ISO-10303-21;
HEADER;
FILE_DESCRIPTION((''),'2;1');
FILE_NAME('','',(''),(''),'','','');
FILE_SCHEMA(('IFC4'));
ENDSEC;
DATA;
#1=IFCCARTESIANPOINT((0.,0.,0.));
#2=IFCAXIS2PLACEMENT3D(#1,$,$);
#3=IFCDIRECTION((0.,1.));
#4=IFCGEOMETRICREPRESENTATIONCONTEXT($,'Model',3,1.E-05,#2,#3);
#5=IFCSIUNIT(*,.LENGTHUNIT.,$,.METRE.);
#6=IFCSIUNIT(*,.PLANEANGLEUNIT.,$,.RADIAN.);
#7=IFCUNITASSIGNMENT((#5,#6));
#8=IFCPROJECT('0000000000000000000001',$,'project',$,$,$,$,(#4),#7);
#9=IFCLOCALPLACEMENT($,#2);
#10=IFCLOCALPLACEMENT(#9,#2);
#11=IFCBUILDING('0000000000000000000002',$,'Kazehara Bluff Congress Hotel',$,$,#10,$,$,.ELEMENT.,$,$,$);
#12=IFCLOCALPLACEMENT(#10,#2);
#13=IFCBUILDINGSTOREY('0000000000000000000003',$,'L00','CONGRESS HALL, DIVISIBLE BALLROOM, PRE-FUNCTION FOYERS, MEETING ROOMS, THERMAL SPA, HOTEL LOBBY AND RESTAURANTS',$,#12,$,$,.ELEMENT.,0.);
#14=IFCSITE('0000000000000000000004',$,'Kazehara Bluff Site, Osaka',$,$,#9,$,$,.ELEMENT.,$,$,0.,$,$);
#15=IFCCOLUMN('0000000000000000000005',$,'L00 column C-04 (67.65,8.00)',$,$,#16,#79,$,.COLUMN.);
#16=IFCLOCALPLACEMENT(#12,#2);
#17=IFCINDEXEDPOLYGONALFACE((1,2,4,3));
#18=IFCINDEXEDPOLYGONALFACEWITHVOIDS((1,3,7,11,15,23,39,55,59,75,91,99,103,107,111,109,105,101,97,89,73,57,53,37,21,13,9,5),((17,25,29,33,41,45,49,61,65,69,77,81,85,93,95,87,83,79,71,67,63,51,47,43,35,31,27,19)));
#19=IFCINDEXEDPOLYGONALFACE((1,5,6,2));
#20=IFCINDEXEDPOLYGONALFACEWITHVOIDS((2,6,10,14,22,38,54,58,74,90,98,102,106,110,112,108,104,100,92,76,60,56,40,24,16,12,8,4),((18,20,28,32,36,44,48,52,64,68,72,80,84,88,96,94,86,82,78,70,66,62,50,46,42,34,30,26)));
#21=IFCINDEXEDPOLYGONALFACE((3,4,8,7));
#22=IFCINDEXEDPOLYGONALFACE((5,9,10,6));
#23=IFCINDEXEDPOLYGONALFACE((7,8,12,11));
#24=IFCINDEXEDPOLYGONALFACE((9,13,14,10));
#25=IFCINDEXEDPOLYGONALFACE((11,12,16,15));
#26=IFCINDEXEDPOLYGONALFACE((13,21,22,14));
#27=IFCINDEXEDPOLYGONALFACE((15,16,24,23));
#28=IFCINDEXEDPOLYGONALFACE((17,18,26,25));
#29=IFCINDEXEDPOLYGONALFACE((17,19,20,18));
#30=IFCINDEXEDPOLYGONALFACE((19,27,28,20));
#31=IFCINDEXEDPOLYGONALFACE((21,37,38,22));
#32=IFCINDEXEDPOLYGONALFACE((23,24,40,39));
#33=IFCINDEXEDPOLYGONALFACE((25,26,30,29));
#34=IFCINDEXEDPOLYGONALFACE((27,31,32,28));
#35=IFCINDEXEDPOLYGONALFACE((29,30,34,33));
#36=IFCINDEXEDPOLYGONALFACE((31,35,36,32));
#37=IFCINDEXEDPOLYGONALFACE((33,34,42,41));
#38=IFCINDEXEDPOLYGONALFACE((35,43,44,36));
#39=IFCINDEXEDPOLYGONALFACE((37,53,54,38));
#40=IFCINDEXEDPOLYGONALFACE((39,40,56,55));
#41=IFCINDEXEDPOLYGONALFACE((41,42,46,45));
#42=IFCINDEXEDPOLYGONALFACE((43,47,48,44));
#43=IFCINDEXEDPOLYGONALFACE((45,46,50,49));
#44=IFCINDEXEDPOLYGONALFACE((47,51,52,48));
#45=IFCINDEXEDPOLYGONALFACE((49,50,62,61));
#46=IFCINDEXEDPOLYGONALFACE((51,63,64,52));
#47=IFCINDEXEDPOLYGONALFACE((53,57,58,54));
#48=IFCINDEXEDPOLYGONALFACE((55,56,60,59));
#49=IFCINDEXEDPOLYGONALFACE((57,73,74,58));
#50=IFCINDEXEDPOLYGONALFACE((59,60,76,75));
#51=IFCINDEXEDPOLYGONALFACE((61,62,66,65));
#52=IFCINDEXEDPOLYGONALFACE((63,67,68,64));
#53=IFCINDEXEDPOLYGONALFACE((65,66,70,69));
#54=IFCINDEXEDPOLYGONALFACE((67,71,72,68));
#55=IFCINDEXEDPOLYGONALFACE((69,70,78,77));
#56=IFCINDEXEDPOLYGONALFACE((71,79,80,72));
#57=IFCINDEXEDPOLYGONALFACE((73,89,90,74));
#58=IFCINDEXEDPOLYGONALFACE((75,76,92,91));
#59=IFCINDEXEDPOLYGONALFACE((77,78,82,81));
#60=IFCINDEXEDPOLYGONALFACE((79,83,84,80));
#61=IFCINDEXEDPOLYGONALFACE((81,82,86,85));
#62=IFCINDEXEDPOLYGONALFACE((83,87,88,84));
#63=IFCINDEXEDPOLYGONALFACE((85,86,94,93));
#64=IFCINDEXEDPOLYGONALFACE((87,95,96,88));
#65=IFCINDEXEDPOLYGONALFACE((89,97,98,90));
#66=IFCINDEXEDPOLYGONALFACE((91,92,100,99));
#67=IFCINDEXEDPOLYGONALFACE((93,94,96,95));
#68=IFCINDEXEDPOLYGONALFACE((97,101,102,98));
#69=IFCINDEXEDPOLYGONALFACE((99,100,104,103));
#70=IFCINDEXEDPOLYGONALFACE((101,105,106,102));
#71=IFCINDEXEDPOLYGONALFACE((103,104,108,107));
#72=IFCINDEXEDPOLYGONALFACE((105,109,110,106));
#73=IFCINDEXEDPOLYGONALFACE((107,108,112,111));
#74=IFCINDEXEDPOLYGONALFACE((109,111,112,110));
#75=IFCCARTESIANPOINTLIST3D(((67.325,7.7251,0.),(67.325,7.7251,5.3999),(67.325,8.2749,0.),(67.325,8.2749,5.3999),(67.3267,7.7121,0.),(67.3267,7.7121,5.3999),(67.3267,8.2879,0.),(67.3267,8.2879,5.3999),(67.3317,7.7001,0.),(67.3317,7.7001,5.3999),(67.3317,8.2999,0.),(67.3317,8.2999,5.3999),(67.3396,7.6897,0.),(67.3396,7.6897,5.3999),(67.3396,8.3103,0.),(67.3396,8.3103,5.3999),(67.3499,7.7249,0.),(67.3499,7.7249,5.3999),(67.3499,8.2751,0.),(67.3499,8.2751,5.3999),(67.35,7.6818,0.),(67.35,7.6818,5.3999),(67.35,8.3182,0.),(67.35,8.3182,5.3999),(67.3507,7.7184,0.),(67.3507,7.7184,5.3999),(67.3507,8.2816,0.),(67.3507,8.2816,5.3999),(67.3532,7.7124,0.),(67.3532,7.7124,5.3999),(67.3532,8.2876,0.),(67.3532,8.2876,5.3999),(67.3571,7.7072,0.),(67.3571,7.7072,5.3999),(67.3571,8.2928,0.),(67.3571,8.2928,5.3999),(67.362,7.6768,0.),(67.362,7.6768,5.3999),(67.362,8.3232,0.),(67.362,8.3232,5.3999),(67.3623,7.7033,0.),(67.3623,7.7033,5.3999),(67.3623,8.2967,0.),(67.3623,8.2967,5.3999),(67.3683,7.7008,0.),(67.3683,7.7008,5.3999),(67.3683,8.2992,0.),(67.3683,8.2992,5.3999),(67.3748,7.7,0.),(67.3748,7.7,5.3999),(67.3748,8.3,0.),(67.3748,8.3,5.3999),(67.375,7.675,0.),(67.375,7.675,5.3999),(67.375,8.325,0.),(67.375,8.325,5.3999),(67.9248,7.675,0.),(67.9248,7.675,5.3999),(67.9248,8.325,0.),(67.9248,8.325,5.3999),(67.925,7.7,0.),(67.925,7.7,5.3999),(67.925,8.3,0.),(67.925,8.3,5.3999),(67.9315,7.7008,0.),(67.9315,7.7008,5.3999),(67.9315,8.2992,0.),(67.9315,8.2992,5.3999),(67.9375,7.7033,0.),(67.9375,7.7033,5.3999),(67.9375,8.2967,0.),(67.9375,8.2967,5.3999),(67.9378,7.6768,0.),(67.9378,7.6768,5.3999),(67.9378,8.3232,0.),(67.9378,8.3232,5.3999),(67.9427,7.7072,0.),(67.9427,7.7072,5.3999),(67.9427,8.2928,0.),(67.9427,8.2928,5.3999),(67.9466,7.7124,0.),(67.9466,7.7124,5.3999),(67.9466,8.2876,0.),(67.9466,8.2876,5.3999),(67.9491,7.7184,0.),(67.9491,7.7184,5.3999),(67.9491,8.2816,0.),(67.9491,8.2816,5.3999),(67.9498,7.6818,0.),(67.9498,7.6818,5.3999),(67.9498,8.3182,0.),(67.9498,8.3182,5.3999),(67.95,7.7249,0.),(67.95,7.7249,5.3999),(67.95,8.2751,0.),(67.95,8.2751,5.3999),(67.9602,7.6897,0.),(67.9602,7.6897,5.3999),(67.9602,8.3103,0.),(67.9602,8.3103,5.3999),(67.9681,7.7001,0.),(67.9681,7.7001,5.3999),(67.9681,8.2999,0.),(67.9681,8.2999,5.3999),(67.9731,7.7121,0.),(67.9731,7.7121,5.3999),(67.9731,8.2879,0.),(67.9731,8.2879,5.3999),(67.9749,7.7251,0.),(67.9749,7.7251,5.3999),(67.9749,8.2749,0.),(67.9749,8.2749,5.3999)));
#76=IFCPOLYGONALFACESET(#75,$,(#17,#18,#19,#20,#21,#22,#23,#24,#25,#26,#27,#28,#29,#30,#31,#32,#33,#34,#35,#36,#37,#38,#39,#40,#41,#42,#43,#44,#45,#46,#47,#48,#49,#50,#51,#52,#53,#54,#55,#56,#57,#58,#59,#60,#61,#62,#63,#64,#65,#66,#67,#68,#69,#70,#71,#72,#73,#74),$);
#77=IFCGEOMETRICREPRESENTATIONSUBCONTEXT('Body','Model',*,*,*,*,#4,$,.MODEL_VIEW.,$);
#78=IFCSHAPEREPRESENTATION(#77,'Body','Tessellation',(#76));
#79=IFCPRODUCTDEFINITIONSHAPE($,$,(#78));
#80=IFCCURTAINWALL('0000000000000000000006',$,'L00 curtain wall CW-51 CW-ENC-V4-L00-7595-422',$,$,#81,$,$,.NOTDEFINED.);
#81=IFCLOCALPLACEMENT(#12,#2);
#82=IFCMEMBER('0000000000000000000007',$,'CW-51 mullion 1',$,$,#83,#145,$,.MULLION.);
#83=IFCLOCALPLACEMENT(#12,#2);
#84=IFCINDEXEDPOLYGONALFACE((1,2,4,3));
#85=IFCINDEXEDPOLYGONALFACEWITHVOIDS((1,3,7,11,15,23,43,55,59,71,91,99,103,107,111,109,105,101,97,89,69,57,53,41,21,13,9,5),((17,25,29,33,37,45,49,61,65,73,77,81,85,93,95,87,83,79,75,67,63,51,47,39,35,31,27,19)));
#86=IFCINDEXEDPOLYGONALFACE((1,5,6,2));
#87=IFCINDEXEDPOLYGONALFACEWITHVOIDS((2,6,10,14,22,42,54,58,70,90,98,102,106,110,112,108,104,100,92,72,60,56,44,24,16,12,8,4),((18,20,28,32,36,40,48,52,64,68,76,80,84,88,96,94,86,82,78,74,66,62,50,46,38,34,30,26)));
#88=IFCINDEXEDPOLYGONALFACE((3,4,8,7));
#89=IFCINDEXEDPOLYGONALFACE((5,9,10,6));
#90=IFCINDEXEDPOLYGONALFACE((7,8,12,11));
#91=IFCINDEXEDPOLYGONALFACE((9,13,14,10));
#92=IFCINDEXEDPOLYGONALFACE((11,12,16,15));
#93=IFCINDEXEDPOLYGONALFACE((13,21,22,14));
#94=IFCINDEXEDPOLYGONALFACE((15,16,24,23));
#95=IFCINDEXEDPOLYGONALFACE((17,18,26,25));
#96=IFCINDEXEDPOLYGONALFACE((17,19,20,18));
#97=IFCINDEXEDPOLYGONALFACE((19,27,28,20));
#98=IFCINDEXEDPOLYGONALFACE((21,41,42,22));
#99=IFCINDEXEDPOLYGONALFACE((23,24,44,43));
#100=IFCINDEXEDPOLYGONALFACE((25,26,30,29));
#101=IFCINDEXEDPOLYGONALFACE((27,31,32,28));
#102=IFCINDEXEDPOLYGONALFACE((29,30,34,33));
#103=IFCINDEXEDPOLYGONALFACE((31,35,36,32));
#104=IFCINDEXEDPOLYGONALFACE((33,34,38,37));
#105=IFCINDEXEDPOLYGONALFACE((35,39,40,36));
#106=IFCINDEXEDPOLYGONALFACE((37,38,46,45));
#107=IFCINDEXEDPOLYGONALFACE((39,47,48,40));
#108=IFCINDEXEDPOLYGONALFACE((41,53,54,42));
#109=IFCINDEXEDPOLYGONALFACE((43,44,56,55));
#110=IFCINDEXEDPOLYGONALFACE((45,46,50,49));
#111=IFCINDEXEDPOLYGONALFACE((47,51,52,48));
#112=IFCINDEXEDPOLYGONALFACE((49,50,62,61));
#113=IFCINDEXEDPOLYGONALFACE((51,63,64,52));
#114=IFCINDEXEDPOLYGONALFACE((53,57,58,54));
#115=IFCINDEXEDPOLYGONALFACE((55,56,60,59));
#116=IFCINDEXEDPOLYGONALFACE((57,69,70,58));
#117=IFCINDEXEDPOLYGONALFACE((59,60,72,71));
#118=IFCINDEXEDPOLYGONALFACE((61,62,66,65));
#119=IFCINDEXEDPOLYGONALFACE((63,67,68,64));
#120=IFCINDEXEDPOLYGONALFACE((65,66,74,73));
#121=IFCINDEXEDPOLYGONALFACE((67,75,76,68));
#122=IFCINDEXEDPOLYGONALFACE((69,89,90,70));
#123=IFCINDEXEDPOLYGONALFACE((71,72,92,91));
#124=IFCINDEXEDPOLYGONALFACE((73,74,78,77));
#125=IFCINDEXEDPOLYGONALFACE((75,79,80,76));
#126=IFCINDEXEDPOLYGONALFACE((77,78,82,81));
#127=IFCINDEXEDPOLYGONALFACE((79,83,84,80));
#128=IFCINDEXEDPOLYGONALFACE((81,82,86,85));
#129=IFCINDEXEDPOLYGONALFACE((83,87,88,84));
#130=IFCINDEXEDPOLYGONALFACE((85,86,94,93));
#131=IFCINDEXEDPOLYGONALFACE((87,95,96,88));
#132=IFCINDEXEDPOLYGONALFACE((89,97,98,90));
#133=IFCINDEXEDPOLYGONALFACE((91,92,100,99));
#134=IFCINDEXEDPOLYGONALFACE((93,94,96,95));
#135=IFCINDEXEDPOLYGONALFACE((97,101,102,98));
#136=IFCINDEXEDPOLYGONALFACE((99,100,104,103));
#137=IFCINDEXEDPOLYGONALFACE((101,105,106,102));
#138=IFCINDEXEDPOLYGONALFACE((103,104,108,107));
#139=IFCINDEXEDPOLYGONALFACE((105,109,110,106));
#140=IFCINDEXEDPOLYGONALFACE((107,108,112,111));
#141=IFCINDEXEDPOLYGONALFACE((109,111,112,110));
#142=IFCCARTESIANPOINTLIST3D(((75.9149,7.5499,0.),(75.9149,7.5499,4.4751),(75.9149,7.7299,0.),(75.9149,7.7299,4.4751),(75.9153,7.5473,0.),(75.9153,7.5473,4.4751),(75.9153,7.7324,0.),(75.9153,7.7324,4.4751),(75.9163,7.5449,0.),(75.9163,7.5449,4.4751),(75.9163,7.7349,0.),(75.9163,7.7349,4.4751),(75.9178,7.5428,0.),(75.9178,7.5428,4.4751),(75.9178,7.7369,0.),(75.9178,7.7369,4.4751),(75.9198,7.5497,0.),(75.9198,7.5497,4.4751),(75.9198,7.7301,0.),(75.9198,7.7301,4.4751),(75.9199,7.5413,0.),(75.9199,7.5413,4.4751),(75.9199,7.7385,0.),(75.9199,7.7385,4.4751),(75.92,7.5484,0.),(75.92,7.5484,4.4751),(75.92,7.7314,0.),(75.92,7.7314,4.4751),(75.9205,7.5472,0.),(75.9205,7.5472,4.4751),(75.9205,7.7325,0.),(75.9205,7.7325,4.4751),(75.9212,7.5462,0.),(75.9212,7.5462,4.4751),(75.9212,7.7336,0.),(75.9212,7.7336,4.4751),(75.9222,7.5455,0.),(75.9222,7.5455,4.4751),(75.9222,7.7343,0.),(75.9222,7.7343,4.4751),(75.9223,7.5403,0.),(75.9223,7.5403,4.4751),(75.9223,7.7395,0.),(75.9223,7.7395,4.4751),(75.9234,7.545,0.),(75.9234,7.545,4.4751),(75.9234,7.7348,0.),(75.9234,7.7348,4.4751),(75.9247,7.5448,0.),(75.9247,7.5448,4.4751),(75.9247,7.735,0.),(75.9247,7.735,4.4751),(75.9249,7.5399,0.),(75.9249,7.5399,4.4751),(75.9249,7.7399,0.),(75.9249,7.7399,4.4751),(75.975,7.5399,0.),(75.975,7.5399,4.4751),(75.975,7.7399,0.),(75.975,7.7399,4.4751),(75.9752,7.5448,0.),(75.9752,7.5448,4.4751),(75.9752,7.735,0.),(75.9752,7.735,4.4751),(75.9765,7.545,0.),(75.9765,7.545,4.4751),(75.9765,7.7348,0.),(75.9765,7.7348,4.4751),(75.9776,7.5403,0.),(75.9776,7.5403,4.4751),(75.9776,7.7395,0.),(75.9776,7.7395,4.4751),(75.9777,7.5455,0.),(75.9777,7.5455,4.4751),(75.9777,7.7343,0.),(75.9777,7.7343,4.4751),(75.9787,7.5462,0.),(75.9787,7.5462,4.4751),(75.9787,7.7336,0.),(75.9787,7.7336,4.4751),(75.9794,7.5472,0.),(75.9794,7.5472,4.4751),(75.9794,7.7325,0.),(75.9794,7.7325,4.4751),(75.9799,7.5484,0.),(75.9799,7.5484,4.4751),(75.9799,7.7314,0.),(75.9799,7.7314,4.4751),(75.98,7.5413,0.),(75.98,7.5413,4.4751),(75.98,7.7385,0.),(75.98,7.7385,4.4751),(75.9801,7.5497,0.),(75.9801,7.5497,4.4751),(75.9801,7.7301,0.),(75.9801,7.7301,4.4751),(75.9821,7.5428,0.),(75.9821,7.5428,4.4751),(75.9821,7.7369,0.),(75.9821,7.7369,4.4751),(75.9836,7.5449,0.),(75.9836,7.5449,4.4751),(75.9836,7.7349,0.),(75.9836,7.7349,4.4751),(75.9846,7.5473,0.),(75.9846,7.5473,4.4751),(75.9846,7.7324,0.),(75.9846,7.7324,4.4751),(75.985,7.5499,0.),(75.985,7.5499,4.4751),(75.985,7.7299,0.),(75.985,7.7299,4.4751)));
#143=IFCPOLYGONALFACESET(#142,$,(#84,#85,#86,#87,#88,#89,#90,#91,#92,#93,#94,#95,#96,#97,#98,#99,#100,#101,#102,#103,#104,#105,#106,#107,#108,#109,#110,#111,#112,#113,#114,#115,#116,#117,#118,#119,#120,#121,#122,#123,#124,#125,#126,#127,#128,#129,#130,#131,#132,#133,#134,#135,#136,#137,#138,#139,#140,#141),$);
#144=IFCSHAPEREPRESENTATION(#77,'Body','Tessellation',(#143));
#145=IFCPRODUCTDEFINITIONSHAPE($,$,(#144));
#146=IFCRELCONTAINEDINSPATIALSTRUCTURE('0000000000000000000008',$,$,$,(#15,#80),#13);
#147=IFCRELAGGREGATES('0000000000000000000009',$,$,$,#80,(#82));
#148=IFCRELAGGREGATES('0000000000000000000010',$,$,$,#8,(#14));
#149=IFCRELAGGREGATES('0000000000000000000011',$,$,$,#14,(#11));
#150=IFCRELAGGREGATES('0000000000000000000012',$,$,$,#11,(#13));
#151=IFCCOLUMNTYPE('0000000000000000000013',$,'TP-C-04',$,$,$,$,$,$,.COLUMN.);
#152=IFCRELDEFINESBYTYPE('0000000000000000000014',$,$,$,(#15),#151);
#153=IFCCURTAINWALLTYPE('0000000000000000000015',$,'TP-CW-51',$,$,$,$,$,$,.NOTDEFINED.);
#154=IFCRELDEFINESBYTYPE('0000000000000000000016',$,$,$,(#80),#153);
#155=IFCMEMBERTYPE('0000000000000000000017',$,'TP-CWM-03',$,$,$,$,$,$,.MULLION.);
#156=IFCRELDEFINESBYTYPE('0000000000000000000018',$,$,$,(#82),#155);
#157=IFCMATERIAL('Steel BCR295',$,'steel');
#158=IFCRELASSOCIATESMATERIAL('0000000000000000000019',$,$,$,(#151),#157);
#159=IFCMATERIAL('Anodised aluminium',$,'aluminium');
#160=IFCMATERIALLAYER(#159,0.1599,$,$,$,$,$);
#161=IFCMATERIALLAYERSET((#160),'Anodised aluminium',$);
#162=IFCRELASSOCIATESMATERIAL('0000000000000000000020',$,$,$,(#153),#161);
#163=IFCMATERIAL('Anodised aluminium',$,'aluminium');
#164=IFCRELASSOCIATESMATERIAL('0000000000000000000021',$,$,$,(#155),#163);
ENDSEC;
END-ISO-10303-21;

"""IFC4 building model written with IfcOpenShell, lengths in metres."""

from ifc_helpers import new_model, si_unit, direction, frame, origin, origin_2d, place, context, subcontext, project, spatial, hollow_rectangle, extrude, material, layer, layer_set, material_profile, profile_set, type_object, element, aggregate, save


model = new_model("IFC4")

# Units and contexts
model_context = context("Model", 3, precision=1e-05, world=origin(), true_north=direction((0.0, 1.0)))
body_context = subcontext(model_context, "Body", "Model", "MODEL_VIEW")
ifc_project = project(units=[si_unit("LENGTHUNIT", "METRE"), si_unit("PLANEANGLEUNIT", "RADIAN")], contexts=[model_context])

# Site, building, storey
site_placement = place(None, origin())
site = spatial("IfcSite", under=ifc_project, at=site_placement, Name="Kazehara Bluff Site, Osaka", CompositionType="ELEMENT", RefElevation=0.0)
building_placement = place(site_placement, origin())
building = spatial("IfcBuilding", under=site, at=building_placement, Name="Kazehara Bluff Congress Hotel", CompositionType="ELEMENT")
storey_placement = place(building_placement, origin())
storey = spatial("IfcBuildingStorey", under=building, at=storey_placement, Name="L00", Description="CONGRESS HALL, DIVISIBLE BALLROOM, PRE-FUNCTION FOYERS, MEETING ROOMS, THERMAL SPA, HOTEL LOBBY AND RESTAURANTS", CompositionType="ELEMENT", Elevation=0.0)

# Column
ifc_material_1 = material(Name="Steel BCR295", Category="steel")
ifc_material_profile_1 = material_profile(ifc_material_1, hollow_rectangle(XDim=0.6499, YDim=0.6499, WallThickness=0.0249, InnerFilletRadius=0.0249, OuterFilletRadius=0.05, at=origin_2d()))
ifc_profile_set_1 = profile_set([ifc_material_profile_1], Name="Steel BCR295")
column_type = type_object("IfcColumnType", Name="TP-C-04", PredefinedType="COLUMN", material=ifc_profile_set_1)
column_placement = place(storey_placement, frame((67.6499, 8.0, 0.0), z_axis=(0.0, 0.0, 1.0), x_axis=(1.0, 0.0, 0.0)))
element("IfcColumn", 1, at=column_placement, inside=storey, type_object=column_type, Name="L00 column C-04 (67.65,8.00)", PredefinedType="COLUMN", context=body_context, shape_type="SweptSolid", body=[
    extrude(hollow_rectangle(XDim=0.6499, YDim=0.6499, WallThickness=0.0249, InnerFilletRadius=0.0249, OuterFilletRadius=0.05, at=origin_2d()), origin(), (0.0, 0.0, 1.0), 5.3999),
])

# Curtain wall, member
ifc_material_2 = material(Name="Anodised aluminium", Category="aluminium")
ifc_layer_1 = layer(ifc_material_2, 0.1599)
ifc_layer_set_1 = layer_set([ifc_layer_1], Name="Anodised aluminium")
curtain_wall_type_1 = type_object("IfcCurtainWallType", Name="TP-CW-51", PredefinedType="NOTDEFINED", material=ifc_layer_set_1)
curtain_wall_1_placement = place(storey_placement, origin())
curtain_wall_1 = element("IfcCurtainWall", 2, at=curtain_wall_1_placement, inside=storey, type_object=curtain_wall_type_1, Name="L00 curtain wall CW-51 CW-ENC-V4-L00-7595-422", PredefinedType="NOTDEFINED")
ifc_material_3 = material(Name="Anodised aluminium", Category="aluminium")
ifc_material_profile_2 = material_profile(ifc_material_3, hollow_rectangle(XDim=0.0701, YDim=0.2, WallThickness=0.0049, InnerFilletRadius=0.0049, OuterFilletRadius=0.01, at=origin_2d()))
ifc_profile_set_2 = profile_set([ifc_material_profile_2], Name="Anodised aluminium")
member_type_1 = type_object("IfcMemberType", Name="TP-CWM-03", PredefinedType="MULLION", material=ifc_profile_set_2)
member_1_placement = place(storey_placement, frame((75.95, 7.6399, 0.0), z_axis=(0.0, 0.0, 1.0), x_axis=(1.0, 0.0, 0.0)))
member_1 = element("IfcMember", 3, at=member_1_placement, type_object=member_type_1, Name="CW-51 mullion 1", PredefinedType="MULLION", context=body_context, shape_type="SweptSolid", body=[
    extrude(hollow_rectangle(XDim=0.0701, YDim=0.2, WallThickness=0.0049, InnerFilletRadius=0.0049, OuterFilletRadius=0.01, at=origin_2d()), origin(), (0.0, 0.0, 1.0), 4.4751),
])
aggregate(curtain_wall_1, [member_1])

save(model, "model.ifc")
